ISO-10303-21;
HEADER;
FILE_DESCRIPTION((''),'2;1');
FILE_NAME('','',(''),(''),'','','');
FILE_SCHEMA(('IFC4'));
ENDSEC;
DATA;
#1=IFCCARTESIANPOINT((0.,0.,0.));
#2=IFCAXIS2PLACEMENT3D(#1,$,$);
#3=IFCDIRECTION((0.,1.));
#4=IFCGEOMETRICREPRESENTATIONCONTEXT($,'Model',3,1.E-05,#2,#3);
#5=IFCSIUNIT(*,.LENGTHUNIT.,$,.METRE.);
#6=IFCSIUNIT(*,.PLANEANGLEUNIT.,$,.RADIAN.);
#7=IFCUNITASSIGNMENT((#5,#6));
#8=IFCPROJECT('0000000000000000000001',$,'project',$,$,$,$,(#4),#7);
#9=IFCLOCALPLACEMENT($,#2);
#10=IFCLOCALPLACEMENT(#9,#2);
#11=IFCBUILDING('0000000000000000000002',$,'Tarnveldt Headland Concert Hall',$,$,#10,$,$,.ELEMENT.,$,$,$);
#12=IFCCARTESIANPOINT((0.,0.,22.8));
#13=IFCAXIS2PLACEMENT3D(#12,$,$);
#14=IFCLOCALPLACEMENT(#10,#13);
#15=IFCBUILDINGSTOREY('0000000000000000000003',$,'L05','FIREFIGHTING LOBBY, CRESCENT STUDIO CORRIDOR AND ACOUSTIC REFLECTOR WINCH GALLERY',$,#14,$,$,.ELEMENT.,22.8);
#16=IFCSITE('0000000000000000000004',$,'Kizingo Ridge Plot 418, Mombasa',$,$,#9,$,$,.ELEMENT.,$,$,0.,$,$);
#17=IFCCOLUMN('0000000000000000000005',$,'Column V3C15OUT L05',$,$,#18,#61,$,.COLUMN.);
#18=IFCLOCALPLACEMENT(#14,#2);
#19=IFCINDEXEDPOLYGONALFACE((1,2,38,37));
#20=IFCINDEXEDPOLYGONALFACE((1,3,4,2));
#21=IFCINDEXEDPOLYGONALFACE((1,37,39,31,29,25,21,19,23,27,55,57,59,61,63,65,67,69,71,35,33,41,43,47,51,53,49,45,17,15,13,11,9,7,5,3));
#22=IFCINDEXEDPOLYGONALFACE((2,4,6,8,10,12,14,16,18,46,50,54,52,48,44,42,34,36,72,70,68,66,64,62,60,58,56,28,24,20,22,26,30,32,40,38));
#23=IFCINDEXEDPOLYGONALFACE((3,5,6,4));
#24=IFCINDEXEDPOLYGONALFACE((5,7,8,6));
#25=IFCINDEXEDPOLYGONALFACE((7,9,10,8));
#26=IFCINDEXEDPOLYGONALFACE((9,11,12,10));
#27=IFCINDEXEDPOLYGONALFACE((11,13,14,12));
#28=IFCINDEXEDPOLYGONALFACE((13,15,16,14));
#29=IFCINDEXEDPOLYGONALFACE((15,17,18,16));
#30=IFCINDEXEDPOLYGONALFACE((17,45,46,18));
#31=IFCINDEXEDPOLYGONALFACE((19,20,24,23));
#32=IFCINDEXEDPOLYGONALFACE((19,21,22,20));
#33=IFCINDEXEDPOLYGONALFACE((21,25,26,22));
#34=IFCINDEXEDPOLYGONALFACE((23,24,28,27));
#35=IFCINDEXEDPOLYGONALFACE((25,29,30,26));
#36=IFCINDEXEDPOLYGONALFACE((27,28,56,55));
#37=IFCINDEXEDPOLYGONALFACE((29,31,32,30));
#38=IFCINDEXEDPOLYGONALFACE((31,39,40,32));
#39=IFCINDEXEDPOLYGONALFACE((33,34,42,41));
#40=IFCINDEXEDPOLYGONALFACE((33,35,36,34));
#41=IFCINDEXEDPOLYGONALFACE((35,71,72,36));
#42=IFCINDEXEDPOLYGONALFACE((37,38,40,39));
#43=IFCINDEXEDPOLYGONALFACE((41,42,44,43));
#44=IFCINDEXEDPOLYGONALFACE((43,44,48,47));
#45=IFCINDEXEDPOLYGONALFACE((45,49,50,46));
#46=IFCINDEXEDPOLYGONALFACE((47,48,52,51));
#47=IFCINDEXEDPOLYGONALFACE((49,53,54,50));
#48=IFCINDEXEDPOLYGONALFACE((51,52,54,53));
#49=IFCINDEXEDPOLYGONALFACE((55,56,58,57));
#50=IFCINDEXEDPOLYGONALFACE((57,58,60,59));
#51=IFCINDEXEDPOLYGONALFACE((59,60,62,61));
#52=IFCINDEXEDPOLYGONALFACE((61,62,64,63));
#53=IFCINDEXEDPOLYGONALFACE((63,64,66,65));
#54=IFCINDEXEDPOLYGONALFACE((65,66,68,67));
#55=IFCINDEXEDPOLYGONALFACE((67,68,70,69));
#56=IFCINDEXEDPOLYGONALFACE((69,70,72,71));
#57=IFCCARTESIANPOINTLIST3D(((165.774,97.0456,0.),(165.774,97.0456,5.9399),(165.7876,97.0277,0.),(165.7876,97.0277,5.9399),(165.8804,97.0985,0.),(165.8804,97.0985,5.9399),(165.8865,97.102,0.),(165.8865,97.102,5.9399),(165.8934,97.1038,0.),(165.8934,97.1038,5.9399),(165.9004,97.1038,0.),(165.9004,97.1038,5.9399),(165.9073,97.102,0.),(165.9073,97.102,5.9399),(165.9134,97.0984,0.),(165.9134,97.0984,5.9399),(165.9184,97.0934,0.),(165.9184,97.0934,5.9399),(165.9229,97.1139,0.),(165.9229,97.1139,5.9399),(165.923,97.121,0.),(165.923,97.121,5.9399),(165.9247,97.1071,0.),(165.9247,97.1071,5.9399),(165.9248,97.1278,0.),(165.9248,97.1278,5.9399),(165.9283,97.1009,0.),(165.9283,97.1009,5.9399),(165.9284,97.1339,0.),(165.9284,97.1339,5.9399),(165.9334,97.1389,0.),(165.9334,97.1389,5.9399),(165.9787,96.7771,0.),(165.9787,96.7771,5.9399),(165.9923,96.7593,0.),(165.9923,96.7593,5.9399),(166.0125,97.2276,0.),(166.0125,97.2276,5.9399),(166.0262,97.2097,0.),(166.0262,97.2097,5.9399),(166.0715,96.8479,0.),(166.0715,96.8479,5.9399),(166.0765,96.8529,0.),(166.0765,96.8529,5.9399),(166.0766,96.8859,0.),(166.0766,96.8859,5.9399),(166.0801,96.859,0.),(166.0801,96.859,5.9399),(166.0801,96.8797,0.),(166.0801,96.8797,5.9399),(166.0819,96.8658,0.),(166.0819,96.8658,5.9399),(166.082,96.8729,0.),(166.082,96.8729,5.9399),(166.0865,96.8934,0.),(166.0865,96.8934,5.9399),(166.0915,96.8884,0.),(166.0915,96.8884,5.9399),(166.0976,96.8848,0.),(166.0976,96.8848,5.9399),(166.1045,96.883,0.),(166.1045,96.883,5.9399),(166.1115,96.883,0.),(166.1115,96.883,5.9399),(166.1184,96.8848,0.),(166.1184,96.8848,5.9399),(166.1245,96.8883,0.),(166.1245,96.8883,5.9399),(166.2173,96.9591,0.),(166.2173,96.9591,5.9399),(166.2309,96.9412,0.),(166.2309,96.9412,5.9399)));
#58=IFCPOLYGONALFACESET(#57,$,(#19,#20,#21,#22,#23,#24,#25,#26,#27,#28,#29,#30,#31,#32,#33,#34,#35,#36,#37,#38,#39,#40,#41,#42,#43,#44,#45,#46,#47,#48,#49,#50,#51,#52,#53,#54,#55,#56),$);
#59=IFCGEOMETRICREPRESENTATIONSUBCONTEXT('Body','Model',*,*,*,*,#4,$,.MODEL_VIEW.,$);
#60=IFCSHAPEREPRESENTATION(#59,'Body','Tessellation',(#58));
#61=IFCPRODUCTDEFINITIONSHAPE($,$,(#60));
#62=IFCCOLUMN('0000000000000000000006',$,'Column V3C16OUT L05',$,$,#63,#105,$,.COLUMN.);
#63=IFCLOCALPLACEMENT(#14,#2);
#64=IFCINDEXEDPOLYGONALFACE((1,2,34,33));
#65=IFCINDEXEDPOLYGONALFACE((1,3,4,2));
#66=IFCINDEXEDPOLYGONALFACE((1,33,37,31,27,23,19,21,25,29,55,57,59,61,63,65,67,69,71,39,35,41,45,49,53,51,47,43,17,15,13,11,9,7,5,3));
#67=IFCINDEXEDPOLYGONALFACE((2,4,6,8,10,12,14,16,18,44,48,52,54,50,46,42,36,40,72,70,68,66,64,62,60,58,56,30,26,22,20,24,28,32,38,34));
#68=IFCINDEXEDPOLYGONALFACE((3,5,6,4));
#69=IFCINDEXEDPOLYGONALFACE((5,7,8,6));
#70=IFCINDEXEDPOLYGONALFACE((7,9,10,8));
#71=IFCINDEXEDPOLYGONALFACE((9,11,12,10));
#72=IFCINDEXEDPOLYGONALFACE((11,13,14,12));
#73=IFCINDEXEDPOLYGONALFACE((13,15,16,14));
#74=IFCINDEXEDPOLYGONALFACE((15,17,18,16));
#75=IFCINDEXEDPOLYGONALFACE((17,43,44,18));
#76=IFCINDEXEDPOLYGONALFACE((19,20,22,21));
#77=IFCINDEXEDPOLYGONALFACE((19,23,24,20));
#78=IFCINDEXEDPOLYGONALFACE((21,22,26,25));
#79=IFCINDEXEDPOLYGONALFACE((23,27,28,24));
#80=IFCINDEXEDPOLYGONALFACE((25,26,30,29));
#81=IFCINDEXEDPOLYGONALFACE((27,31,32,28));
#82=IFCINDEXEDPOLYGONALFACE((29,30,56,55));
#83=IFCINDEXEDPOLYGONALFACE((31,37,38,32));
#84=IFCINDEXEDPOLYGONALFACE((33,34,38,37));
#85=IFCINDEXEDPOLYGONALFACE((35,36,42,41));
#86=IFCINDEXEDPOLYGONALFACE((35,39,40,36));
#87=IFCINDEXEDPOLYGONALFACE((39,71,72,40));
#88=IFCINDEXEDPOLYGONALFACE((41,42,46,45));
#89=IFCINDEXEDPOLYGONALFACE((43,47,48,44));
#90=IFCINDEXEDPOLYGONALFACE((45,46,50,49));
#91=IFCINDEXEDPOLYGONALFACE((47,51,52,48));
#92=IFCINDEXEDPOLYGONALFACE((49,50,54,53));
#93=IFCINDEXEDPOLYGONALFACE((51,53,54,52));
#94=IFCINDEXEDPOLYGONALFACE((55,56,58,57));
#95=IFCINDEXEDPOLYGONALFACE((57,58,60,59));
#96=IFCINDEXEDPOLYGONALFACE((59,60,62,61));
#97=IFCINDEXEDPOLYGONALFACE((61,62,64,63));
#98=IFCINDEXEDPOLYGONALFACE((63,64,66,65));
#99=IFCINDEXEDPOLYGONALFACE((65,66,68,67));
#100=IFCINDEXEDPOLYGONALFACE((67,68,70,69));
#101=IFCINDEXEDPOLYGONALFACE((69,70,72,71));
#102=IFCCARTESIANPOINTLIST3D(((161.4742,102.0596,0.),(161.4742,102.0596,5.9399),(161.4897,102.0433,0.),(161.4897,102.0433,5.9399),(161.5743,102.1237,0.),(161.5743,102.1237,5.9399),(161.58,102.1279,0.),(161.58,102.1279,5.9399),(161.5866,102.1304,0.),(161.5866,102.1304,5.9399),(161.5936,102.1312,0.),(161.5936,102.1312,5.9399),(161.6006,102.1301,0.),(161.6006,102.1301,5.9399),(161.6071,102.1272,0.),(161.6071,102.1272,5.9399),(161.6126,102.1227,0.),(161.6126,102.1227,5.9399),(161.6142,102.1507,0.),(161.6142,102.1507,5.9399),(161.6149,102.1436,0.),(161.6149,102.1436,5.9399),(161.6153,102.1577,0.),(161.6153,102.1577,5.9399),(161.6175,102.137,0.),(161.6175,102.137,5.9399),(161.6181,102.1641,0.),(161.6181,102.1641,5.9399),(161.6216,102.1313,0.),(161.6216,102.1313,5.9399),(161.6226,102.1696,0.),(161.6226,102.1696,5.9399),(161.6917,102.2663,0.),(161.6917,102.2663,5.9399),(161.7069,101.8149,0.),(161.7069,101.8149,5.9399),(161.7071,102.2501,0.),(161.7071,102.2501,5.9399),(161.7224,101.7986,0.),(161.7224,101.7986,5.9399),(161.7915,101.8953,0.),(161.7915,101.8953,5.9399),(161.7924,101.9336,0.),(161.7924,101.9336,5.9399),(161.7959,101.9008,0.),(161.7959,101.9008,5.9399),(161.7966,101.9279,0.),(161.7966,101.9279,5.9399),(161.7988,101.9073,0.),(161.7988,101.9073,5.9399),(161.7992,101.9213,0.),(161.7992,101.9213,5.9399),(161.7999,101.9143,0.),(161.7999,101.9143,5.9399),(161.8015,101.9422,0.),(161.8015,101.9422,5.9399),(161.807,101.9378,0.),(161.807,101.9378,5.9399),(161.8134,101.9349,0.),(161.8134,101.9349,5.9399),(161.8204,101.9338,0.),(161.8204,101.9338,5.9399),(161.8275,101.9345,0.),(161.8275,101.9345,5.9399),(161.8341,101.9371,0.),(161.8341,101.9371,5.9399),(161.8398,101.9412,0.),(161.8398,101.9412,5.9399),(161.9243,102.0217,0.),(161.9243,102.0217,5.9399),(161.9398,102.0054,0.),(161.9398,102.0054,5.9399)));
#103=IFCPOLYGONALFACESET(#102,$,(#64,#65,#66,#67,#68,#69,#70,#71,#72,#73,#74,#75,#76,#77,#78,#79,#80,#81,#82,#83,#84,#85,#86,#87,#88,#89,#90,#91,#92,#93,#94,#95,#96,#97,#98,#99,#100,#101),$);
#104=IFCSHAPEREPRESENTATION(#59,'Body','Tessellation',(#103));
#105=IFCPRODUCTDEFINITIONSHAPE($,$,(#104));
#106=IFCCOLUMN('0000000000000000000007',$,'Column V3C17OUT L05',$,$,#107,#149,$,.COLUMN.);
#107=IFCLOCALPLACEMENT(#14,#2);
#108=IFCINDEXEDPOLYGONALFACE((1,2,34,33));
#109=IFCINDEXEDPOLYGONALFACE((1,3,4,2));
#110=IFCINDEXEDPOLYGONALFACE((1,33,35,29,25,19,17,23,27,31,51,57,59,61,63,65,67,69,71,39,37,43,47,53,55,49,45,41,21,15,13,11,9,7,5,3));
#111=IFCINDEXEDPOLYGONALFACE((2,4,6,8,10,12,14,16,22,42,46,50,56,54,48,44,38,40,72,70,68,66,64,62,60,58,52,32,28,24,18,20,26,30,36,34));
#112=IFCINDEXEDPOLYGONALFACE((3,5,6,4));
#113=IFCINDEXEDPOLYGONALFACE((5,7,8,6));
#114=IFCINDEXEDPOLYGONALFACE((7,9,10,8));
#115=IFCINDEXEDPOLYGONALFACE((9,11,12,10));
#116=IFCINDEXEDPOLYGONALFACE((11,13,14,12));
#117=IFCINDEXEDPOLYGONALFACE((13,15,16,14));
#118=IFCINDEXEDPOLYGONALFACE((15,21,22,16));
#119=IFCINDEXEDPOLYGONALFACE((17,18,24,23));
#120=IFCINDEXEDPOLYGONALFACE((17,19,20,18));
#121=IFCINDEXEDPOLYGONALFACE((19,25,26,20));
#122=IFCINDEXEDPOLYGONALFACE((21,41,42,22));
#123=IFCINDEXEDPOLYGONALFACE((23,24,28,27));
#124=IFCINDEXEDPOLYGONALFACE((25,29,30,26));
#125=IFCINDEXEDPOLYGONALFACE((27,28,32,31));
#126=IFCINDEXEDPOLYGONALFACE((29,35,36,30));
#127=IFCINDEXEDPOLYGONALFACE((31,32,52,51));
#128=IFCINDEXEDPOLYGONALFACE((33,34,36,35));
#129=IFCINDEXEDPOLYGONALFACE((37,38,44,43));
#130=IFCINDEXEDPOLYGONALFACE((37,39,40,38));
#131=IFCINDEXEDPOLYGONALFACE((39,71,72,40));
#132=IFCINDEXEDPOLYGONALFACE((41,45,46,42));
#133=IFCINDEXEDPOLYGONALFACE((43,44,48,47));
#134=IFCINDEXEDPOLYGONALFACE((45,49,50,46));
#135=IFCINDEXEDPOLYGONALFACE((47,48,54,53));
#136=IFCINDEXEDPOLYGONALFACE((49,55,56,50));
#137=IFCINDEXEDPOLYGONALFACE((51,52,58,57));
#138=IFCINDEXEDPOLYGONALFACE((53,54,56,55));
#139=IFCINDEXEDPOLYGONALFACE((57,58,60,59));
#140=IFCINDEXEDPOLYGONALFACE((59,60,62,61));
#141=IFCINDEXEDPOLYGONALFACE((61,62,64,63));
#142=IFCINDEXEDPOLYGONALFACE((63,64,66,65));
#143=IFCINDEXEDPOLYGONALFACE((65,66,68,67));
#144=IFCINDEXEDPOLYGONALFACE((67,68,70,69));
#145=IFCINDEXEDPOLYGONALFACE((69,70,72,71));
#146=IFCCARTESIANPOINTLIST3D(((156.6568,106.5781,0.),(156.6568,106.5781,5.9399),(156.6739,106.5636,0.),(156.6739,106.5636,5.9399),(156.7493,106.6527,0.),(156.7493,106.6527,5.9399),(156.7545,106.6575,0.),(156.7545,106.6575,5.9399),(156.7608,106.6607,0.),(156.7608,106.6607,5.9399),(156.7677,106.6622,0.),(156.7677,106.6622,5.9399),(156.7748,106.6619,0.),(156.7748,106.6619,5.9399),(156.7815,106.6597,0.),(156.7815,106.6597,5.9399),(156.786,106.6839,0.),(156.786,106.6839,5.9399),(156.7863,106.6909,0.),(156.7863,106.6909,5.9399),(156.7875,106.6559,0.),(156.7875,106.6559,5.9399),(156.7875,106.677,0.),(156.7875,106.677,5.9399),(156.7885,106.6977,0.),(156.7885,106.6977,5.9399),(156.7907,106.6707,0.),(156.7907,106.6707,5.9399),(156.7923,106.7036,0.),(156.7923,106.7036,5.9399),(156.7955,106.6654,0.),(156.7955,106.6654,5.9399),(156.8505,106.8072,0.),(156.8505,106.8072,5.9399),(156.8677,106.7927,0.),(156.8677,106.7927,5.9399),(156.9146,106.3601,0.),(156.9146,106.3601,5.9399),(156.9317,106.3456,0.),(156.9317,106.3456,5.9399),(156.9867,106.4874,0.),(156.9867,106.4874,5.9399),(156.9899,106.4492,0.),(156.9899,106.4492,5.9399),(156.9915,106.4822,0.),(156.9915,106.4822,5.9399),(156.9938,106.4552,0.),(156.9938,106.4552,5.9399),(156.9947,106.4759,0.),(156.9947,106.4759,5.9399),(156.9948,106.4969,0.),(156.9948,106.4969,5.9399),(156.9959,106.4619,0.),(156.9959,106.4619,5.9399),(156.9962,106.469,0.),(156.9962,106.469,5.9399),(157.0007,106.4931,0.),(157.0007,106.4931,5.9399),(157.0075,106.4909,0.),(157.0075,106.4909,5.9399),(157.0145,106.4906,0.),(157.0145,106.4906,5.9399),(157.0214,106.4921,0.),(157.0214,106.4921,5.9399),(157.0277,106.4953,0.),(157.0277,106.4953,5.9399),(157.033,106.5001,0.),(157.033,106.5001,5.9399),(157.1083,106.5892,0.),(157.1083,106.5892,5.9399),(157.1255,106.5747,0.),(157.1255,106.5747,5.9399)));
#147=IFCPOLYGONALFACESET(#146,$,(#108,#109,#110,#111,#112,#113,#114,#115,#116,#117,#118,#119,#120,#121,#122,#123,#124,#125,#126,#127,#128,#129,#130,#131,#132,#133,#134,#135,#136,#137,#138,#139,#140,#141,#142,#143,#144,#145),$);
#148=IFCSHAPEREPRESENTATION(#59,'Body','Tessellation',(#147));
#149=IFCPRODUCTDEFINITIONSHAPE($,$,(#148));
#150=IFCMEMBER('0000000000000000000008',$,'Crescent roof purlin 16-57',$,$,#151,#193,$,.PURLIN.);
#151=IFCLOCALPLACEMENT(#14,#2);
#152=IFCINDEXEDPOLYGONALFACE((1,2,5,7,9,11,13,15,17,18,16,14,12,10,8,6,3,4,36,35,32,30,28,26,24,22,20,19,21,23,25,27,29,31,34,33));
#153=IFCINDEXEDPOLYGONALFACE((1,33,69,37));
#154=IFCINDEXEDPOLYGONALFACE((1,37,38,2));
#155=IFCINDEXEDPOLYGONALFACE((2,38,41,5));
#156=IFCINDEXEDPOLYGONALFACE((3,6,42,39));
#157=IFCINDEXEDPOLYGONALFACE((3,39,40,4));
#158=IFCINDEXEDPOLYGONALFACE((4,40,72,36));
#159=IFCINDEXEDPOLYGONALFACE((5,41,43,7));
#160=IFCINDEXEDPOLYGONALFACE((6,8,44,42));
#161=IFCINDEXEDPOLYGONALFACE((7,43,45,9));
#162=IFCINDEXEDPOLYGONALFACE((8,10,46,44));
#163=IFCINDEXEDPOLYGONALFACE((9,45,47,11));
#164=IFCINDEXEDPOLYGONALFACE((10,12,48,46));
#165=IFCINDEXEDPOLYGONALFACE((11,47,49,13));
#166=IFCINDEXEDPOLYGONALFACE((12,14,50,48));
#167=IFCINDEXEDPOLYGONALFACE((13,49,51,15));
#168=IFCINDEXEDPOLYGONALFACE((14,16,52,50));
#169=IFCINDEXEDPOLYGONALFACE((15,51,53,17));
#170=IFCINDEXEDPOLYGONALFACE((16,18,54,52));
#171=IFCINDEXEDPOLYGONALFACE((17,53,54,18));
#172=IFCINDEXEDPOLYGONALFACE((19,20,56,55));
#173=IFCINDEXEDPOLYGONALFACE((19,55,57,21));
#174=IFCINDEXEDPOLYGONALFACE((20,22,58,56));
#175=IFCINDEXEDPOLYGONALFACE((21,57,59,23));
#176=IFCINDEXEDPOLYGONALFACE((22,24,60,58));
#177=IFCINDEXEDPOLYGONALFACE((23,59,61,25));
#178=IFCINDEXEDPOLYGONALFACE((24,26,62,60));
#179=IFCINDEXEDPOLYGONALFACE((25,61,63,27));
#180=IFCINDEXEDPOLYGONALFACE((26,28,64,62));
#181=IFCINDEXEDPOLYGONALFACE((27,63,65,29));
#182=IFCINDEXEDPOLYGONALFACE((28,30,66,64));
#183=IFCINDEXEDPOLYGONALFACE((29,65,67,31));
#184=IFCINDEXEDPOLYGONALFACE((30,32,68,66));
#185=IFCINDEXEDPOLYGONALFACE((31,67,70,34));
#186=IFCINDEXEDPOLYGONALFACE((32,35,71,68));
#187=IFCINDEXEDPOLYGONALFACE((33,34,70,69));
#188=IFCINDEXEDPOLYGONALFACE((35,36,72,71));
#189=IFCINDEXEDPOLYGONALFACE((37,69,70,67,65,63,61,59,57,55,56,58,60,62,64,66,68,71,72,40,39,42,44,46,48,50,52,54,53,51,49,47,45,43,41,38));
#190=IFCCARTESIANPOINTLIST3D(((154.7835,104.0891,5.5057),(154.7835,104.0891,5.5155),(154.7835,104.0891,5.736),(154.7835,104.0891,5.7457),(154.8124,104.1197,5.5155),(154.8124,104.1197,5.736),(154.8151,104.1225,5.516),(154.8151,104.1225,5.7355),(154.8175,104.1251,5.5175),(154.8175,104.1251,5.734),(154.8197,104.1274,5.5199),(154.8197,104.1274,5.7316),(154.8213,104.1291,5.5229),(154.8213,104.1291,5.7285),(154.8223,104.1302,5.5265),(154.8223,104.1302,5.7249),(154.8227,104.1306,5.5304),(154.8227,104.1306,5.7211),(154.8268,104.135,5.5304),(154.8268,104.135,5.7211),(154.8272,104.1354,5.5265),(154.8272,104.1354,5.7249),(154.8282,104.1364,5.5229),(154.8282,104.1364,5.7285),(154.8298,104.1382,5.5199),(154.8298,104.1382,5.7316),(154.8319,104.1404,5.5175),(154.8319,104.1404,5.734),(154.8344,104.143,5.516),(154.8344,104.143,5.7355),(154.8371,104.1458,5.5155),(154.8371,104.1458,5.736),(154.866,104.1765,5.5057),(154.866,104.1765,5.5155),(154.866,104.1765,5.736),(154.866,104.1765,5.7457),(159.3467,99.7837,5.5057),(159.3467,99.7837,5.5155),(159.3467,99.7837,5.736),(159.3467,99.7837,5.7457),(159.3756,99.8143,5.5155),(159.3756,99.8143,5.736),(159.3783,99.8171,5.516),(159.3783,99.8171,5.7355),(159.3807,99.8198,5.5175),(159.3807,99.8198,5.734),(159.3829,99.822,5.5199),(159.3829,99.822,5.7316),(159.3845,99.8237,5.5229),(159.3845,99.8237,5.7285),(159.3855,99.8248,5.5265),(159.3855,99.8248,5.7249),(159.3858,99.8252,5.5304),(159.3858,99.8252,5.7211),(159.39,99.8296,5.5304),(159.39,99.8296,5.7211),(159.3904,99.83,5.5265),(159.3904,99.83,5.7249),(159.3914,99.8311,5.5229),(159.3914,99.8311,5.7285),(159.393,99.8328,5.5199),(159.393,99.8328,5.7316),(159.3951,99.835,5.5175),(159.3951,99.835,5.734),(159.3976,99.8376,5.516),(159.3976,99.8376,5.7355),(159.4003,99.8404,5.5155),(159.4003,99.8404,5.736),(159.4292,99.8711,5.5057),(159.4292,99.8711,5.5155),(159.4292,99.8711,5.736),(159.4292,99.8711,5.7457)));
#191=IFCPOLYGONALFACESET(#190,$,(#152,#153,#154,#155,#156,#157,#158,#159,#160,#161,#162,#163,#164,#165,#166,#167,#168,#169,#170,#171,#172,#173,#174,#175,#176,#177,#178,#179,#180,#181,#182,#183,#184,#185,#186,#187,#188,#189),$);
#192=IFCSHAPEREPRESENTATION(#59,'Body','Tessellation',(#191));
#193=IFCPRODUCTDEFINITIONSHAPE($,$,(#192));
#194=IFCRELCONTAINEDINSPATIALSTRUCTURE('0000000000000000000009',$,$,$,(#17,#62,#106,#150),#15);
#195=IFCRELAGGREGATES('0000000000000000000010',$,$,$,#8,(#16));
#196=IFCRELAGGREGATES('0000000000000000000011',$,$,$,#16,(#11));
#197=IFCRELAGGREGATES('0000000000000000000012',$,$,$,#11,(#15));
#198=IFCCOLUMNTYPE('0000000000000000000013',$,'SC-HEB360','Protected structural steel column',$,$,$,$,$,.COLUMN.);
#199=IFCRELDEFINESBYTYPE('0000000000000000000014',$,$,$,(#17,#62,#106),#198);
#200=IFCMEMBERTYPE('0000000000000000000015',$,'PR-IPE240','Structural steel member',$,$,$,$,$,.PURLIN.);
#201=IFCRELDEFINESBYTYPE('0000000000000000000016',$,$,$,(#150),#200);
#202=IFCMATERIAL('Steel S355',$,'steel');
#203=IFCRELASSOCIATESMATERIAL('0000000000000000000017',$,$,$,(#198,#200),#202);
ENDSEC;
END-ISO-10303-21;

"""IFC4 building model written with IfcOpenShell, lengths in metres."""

from ifc_helpers import new_model, si_unit, direction, frame, origin, origin_2d, place, context, subcontext, project, spatial, i_section, extrude, material, material_profile, profile_set, type_object, element, save


model = new_model("IFC4")

# Units and contexts
model_context = context("Model", 3, precision=1e-05, world=origin(), true_north=direction((0.0, 1.0)))
body_context = subcontext(model_context, "Body", "Model", "MODEL_VIEW")
ifc_project = project(units=[si_unit("LENGTHUNIT", "METRE"), si_unit("PLANEANGLEUNIT", "RADIAN")], contexts=[model_context])

# Site, building, storey
site_placement = place(None, origin())
site = spatial("IfcSite", under=ifc_project, at=site_placement, Name="Kizingo Ridge Plot 418, Mombasa", CompositionType="ELEMENT", RefElevation=0.0)
building_placement = place(site_placement, origin())
building = spatial("IfcBuilding", under=site, at=building_placement, Name="Tarnveldt Headland Concert Hall", CompositionType="ELEMENT")
storey_placement = place(building_placement, frame((0.0, 0.0, 22.8)))
storey = spatial("IfcBuildingStorey", under=building, at=storey_placement, Name="L05", Description="FIREFIGHTING LOBBY, CRESCENT STUDIO CORRIDOR AND ACOUSTIC REFLECTOR WINCH GALLERY", CompositionType="ELEMENT", Elevation=22.8)

# Columns
ifc_material_1 = material(Name="Steel S355", Category="steel")
ifc_material_profile_1 = material_profile(ifc_material_1, i_section(OverallWidth=0.3, OverallDepth=0.3601, WebThickness=0.0125, FlangeThickness=0.0225, FilletRadius=0.0271, at=origin_2d()), Name="HEB360", Category="steel")
ifc_profile_set_1 = profile_set([ifc_material_profile_1], Name="Steel S355")
column_type = type_object("IfcColumnType", Name="SC-HEB360", Description="Protected structural steel column", PredefinedType="COLUMN", material=ifc_profile_set_1)
for number, where, z_axis, x_axis, name in (
    (1, (166.0024, 96.9934, 0.0), (0.0, 0.0, 1.0), (0.795156, 0.606405, 0.0), "Column V3C15OUT L05"),
    (2, (161.707, 102.0325, 0.0), (0.0, 0.0, 1.0), (0.724653, 0.689114, 0.0), "Column V3C16OUT L05"),
    (3, (156.8911, 106.5764, 0.0), (0.0, 0.0, 1.0), (0.645724, 0.763571, 0.0), "Column V3C17OUT L05"),
):
    element("IfcColumn", number, at=place(storey_placement, frame(where, z_axis=z_axis, x_axis=x_axis)), inside=storey, type_object=column_type, Name=name, PredefinedType="COLUMN", context=body_context, shape_type="SweptSolid", body=[
        extrude(i_section(OverallWidth=0.3, OverallDepth=0.3601, WebThickness=0.0125, FlangeThickness=0.0225, FilletRadius=0.0271, at=origin_2d()), origin(), (0.0, 0.0, 1.0), 5.9399),
    ])

# Member
ifc_material_profile_2 = material_profile(ifc_material_1, i_section(OverallWidth=0.1201, OverallDepth=0.24, WebThickness=0.0061, FlangeThickness=0.0098, FilletRadius=0.0149, at=origin_2d()), Name="IPE240", Category="steel")
ifc_profile_set_2 = profile_set([ifc_material_profile_2], Name="Steel S355")
member_type = type_object("IfcMemberType", Name="PR-IPE240", Description="Structural steel member", PredefinedType="PURLIN", material=ifc_profile_set_2)
member_1_placement = place(storey_placement, frame((159.3879, 99.8274, 5.6257), z_axis=(-0.727355, 0.686261, 0.0), x_axis=(-0.686261, -0.727355, 0.0)))
element("IfcMember", 4, at=member_1_placement, inside=storey, type_object=member_type, Name="Crescent roof purlin 16-57", PredefinedType="PURLIN", context=body_context, shape_type="SweptSolid", body=[
    extrude(i_section(OverallWidth=0.1201, OverallDepth=0.24, WebThickness=0.0061, FlangeThickness=0.0098, FilletRadius=0.0149, at=origin_2d()), origin(), (0.0, 0.0, 1.0), 6.2737),
])

save(model, "model.ifc")
